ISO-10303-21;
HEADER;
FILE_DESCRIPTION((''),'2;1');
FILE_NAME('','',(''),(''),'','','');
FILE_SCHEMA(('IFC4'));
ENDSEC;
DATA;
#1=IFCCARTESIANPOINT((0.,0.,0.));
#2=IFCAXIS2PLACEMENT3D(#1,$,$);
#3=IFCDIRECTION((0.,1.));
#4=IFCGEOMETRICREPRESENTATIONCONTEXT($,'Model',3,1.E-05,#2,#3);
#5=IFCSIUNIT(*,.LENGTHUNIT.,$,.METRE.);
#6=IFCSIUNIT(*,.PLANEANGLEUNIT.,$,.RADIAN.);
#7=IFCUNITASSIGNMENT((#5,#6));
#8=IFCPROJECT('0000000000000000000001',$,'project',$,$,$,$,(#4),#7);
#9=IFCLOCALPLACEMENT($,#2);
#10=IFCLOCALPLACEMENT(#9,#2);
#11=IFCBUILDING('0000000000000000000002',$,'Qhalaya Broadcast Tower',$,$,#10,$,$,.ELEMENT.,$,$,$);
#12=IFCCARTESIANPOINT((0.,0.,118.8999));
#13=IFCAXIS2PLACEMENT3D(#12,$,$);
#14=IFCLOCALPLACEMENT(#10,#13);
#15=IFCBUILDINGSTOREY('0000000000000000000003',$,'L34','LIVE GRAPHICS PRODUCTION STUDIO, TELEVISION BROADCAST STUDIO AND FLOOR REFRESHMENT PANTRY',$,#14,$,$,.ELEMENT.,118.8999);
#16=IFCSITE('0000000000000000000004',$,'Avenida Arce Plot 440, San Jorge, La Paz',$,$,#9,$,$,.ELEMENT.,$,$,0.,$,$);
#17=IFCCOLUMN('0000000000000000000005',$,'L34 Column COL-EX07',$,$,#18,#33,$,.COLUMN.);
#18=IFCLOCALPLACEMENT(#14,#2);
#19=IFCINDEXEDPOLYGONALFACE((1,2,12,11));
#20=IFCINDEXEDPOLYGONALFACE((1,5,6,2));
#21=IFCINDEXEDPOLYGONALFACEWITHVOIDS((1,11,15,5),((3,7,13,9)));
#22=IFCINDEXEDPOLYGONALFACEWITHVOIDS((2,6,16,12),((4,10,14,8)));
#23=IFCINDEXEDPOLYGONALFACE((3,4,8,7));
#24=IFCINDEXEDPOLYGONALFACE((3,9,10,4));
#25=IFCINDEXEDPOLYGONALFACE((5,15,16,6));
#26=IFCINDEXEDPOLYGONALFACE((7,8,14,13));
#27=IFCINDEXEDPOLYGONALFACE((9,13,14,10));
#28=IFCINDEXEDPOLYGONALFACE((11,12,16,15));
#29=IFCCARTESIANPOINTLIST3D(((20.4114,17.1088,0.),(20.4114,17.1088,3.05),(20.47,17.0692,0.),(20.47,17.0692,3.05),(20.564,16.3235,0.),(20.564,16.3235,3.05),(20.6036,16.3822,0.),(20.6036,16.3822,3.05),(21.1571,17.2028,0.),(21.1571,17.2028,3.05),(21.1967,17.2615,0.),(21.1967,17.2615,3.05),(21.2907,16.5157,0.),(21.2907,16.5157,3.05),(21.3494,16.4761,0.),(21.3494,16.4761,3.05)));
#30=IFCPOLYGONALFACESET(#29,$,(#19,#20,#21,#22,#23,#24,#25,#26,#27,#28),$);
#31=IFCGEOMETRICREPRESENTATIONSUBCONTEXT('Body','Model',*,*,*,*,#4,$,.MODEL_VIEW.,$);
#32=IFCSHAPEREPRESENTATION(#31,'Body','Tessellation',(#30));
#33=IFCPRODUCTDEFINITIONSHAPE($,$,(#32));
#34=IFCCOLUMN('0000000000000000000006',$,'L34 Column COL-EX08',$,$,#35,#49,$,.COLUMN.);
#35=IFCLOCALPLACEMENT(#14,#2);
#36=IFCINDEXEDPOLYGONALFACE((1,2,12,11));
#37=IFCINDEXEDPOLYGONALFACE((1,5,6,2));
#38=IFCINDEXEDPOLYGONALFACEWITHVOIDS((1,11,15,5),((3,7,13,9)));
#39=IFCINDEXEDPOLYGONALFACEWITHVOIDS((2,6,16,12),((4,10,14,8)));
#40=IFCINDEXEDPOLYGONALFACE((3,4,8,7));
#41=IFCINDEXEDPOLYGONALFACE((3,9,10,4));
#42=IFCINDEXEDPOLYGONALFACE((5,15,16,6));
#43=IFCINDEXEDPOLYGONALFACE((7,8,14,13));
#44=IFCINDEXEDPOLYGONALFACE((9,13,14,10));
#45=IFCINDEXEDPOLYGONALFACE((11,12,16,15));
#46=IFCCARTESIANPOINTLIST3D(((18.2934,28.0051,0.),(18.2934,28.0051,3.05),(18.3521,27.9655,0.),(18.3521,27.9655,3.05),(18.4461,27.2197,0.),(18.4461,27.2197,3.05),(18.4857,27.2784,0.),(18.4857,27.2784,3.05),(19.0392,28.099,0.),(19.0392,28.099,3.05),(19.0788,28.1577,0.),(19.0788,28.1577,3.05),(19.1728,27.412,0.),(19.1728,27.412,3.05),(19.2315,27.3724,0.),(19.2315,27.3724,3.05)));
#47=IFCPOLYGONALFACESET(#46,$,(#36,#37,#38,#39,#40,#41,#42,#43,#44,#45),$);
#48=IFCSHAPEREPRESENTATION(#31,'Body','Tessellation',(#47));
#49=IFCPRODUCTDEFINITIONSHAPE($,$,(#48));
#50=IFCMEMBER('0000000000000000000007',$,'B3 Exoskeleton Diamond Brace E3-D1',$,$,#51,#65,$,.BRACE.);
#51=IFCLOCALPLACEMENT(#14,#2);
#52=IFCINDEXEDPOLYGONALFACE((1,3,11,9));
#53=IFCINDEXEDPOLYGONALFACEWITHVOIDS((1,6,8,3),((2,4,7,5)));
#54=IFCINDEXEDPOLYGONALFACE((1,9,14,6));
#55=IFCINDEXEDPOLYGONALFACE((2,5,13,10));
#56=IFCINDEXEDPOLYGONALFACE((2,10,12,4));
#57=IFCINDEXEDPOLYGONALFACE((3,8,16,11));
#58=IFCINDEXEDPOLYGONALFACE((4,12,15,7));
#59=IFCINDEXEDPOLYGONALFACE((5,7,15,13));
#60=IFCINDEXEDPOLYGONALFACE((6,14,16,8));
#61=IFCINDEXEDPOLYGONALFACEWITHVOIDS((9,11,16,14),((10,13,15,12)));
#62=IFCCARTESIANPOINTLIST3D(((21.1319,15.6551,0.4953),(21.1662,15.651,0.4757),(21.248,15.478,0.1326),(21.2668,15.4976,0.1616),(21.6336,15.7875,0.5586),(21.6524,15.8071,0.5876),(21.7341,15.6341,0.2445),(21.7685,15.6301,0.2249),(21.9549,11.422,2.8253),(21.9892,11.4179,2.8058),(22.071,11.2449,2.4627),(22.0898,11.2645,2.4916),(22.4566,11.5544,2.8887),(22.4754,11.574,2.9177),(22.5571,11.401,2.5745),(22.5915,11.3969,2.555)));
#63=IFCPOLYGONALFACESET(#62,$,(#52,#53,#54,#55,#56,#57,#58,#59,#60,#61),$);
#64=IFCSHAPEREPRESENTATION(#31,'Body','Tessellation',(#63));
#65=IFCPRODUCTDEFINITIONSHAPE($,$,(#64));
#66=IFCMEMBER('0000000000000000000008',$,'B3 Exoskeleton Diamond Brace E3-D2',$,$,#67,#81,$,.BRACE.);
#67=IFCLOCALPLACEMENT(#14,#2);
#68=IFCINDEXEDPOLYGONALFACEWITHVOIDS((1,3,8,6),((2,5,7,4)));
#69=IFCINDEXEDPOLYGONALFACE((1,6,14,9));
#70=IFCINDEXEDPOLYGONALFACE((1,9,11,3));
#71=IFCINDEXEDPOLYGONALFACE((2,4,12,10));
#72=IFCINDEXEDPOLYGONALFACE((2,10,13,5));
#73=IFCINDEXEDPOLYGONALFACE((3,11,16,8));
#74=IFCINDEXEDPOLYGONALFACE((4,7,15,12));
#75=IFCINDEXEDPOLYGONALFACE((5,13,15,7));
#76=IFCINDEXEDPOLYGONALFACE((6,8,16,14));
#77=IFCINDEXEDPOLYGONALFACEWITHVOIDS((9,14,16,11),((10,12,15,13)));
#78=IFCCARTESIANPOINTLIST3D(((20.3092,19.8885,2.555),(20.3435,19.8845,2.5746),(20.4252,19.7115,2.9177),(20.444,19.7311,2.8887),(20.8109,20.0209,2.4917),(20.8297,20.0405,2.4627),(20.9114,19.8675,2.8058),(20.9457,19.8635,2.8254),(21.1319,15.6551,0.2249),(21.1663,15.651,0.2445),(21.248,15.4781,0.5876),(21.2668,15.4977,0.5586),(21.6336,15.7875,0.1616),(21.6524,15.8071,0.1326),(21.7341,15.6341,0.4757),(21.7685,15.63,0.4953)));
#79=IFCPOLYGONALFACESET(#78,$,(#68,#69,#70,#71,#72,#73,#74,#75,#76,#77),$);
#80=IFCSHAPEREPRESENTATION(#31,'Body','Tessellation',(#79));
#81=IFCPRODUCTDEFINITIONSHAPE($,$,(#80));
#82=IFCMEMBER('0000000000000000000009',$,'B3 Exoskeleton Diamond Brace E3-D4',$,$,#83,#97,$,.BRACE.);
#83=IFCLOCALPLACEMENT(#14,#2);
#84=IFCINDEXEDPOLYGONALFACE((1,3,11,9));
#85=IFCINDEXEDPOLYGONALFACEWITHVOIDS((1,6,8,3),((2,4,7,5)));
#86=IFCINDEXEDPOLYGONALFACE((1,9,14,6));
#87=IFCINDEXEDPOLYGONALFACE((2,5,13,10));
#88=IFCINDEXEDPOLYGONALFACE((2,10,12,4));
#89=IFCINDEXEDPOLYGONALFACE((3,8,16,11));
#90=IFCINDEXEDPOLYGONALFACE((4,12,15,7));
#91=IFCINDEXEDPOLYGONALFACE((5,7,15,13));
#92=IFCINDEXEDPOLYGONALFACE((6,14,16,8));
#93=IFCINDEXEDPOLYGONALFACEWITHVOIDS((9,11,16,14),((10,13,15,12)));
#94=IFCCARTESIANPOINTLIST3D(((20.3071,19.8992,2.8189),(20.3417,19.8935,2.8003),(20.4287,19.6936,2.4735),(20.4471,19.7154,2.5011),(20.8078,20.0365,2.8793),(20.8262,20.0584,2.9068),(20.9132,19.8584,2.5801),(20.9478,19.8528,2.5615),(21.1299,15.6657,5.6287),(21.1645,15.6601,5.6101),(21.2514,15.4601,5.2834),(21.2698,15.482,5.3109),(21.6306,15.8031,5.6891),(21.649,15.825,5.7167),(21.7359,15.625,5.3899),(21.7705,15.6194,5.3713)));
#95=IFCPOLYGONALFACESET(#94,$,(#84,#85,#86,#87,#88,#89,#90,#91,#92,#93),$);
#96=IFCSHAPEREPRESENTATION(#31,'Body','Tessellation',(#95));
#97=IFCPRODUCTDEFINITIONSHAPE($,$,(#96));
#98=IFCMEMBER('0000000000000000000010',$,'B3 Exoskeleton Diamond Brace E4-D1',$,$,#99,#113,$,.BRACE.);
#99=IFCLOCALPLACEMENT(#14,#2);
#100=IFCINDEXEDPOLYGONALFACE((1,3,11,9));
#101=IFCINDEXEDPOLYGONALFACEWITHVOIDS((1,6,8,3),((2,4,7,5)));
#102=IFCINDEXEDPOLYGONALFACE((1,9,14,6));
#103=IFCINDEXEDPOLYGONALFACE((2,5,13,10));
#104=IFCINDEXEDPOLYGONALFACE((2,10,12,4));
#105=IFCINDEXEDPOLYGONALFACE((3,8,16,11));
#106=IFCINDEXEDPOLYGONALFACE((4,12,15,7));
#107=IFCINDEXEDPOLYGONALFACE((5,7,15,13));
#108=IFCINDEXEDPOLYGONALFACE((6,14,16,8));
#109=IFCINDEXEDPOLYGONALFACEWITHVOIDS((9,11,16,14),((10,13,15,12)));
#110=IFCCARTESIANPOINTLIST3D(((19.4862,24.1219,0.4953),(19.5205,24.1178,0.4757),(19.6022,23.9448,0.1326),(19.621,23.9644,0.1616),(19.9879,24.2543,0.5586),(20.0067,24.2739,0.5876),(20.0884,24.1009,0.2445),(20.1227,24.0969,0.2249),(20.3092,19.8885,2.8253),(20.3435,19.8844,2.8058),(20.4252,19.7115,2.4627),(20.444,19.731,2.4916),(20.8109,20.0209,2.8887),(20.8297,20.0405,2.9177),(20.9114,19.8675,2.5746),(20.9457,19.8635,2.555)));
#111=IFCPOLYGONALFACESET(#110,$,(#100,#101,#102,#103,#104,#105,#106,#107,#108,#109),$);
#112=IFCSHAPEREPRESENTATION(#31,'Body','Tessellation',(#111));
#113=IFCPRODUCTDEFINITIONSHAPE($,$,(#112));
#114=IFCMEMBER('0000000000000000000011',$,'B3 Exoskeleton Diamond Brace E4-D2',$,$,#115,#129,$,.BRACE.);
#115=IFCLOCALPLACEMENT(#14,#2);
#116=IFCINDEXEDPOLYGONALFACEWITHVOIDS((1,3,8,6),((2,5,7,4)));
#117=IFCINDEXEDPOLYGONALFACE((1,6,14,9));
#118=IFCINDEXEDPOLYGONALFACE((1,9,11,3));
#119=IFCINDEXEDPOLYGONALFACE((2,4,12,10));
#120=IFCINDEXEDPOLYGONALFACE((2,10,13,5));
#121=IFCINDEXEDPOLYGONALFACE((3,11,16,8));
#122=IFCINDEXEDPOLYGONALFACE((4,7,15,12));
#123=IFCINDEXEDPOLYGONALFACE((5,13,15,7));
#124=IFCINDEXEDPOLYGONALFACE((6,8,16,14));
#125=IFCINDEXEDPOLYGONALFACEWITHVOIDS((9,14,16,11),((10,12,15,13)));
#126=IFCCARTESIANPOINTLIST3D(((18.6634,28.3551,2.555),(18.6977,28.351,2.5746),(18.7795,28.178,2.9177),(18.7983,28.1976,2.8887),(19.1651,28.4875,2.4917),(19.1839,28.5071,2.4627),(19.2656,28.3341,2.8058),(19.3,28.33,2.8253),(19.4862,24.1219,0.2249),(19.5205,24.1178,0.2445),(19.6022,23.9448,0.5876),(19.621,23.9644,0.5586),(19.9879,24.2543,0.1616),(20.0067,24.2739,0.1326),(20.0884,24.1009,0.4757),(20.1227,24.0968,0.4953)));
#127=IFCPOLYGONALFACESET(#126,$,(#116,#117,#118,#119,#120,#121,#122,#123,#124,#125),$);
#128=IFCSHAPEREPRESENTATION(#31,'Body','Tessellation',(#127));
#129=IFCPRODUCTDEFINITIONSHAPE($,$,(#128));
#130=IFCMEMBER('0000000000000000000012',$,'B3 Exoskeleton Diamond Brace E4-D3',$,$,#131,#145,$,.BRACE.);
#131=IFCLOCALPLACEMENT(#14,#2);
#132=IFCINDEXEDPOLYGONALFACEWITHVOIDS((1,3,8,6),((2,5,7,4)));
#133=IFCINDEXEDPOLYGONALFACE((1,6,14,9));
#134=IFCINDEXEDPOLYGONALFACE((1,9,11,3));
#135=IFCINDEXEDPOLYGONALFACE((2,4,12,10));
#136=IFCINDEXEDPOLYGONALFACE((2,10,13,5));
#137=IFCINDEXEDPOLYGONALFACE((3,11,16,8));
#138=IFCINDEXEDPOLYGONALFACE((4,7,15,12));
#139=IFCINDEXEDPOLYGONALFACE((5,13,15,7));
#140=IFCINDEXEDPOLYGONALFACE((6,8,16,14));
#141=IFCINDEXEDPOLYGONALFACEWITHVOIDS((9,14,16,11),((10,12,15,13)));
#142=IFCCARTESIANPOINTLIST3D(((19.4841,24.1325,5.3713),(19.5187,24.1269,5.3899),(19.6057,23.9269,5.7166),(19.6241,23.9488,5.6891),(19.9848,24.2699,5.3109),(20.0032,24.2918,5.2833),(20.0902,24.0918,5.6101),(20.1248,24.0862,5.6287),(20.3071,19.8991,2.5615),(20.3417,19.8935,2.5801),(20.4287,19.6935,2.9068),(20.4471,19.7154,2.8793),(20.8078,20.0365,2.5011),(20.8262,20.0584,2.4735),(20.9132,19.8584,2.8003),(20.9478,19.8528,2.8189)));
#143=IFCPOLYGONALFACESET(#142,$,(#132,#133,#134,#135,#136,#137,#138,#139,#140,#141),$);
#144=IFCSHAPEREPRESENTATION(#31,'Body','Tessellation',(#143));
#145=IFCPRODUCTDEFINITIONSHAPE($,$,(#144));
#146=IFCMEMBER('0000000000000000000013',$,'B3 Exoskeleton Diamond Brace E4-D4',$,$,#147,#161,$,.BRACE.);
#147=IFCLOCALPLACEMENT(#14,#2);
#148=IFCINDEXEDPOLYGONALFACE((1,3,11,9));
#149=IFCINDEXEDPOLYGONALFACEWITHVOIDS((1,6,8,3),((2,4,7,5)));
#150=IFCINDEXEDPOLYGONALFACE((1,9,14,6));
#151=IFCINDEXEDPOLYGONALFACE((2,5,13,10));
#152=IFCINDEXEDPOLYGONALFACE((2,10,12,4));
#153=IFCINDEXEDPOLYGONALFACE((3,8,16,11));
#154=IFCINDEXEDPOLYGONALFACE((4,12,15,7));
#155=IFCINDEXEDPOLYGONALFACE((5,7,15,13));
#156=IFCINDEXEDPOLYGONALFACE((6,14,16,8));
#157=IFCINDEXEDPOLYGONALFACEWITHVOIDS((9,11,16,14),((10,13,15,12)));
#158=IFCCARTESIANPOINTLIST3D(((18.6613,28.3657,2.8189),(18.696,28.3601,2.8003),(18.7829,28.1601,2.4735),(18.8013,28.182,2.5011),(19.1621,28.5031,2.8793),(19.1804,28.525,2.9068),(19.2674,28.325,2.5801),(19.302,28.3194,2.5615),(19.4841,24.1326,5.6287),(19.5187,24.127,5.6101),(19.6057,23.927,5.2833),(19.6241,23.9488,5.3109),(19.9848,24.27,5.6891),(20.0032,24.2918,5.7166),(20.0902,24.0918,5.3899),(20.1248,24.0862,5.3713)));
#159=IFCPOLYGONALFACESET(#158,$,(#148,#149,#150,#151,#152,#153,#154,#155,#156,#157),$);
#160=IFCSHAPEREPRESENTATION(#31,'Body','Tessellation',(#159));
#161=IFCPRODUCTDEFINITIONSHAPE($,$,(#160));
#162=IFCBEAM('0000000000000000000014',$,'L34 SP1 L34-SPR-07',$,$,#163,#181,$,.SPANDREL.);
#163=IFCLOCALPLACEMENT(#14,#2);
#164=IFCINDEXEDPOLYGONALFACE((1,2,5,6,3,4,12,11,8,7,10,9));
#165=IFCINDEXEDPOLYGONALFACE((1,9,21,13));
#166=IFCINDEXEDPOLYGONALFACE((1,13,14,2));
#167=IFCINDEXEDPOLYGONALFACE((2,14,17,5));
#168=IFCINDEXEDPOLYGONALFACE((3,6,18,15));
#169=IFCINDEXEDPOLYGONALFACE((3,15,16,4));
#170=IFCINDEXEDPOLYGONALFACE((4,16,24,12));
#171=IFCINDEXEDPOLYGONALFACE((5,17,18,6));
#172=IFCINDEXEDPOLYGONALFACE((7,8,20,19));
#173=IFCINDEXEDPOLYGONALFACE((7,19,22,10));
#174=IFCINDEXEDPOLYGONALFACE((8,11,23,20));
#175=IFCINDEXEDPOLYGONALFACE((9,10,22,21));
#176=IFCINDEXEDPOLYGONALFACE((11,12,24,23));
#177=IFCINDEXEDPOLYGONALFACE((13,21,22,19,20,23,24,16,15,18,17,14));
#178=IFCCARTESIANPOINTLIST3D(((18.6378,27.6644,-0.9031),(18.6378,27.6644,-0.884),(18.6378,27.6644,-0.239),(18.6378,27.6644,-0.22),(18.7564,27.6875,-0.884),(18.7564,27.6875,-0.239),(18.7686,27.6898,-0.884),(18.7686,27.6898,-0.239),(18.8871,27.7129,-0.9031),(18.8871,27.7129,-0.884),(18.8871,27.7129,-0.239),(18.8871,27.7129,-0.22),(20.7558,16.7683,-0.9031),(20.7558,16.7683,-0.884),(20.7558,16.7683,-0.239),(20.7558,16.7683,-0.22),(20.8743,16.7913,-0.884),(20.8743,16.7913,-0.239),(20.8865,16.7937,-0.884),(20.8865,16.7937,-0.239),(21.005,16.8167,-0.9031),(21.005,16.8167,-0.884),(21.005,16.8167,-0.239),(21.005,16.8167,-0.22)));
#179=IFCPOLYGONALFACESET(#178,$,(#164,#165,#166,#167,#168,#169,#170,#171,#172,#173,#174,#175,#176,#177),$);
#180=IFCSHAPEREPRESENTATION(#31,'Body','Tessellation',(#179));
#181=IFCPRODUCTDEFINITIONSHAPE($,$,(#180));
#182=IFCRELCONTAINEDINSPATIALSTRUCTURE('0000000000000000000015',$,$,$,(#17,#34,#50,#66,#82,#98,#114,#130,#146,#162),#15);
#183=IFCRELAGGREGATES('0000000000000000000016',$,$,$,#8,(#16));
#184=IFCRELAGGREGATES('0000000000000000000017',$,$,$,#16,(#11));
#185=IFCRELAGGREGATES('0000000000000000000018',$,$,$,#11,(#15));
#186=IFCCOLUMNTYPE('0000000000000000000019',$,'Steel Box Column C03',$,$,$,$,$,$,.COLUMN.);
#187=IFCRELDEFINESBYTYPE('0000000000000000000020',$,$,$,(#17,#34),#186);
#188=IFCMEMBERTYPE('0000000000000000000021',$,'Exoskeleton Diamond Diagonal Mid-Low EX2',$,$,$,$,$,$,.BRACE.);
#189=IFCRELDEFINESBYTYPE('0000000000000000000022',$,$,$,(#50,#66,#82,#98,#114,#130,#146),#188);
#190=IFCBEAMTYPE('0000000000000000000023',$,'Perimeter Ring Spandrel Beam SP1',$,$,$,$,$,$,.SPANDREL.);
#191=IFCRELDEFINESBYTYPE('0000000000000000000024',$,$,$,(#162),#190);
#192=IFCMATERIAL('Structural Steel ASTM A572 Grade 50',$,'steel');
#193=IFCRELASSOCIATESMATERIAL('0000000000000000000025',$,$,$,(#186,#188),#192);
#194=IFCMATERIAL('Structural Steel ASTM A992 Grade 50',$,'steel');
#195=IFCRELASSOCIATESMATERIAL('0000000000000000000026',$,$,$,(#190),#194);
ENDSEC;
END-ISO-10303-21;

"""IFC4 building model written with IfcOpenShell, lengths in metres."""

from ifc_helpers import new_model, si_unit, direction, frame, origin, origin_2d, place, context, subcontext, project, spatial, hollow_rectangle, i_section, extrude, material, material_profile, profile_set, type_object, element, save


model = new_model("IFC4")

# Units and contexts
model_context = context("Model", 3, precision=1e-05, world=origin(), true_north=direction((0.0, 1.0)))
body_context = subcontext(model_context, "Body", "Model", "MODEL_VIEW")
ifc_project = project(units=[si_unit("LENGTHUNIT", "METRE"), si_unit("PLANEANGLEUNIT", "RADIAN")], contexts=[model_context])

# Site, building, storey
site_placement = place(None, origin())
site = spatial("IfcSite", under=ifc_project, at=site_placement, Name="Avenida Arce Plot 440, San Jorge, La Paz", CompositionType="ELEMENT", RefElevation=0.0)
building_placement = place(site_placement, origin())
building = spatial("IfcBuilding", under=site, at=building_placement, Name="Qhalaya Broadcast Tower", CompositionType="ELEMENT")
storey_placement = place(building_placement, frame((0.0, 0.0, 118.8999)))
storey = spatial("IfcBuildingStorey", under=building, at=storey_placement, Name="L34", Description="LIVE GRAPHICS PRODUCTION STUDIO, TELEVISION BROADCAST STUDIO AND FLOOR REFRESHMENT PANTRY", CompositionType="ELEMENT", Elevation=118.8999)

# Columns
ifc_material_1 = material(Name="Structural Steel ASTM A572 Grade 50", Category="steel")
ifc_material_profile_1 = material_profile(ifc_material_1, hollow_rectangle(XDim=0.8, YDim=0.8, WallThickness=0.05, at=origin_2d()), Name="BOX 800x800x50")
ifc_profile_set_1 = profile_set([ifc_material_profile_1], Name="Structural Steel ASTM A572 Grade 50")
column_type = type_object("IfcColumnType", Name="Steel Box Column C03", PredefinedType="COLUMN", material=ifc_profile_set_1)
for number, where, z_axis, x_axis, name in (
    (1, (20.8804, 16.7925, 0.0), (0.0, 0.0, 1.0), (-0.190809, 0.981627, 0.0), "L34 Column COL-EX07"),
    (2, (18.7625, 27.6887, 0.0), (0.0, 0.0, 1.0), (-0.190809, 0.981627, 0.0), "L34 Column COL-EX08"),
):
    element("IfcColumn", number, at=place(storey_placement, frame(where, z_axis=z_axis, x_axis=x_axis)), inside=storey, type_object=column_type, Name=name, PredefinedType="COLUMN", context=body_context, shape_type="SweptSolid", body=[
        extrude(hollow_rectangle(XDim=0.8, YDim=0.8, WallThickness=0.05, at=origin_2d()), origin(), (0.0, 0.0, 1.0), 3.05),
    ])

# Members
ifc_material_profile_2 = material_profile(ifc_material_1, hollow_rectangle(XDim=0.4199, YDim=0.55, WallThickness=0.0281, at=origin_2d()), Name="BOX 420x550x28")
ifc_profile_set_2 = profile_set([ifc_material_profile_2], Name="Structural Steel ASTM A572 Grade 50")
member_type = type_object("IfcMemberType", Name="Exoskeleton Diamond Diagonal Mid-Low EX2", PredefinedType="BRACE", material=ifc_profile_set_2)
member_1_placement = place(storey_placement, frame((21.4502, 15.6426, 0.3601), z_axis=(0.167902, -0.863618, 0.475366), x_axis=(-0.276356, 0.421641, 0.863624)))
element("IfcMember", 3, at=member_1_placement, inside=storey, type_object=member_type, Name="B3 Exoskeleton Diamond Brace E3-D1", PredefinedType="BRACE", context=body_context, shape_type="SweptSolid", body=[
    extrude(hollow_rectangle(XDim=0.4199, YDim=0.55, WallThickness=0.0281, at=origin_2d()), origin(), (0.0, 0.0, 1.0), 4.9016),
])
member_2_placement = place(storey_placement, frame((21.4502, 15.6426, 0.3601), z_axis=(-0.167847, 0.863638, 0.475349), x_axis=(0.276325, -0.421643, 0.863633)))
element("IfcMember", 4, at=member_2_placement, inside=storey, type_object=member_type, Name="B3 Exoskeleton Diamond Brace E3-D2", PredefinedType="BRACE", context=body_context, shape_type="SweptSolid", body=[
    extrude(hollow_rectangle(XDim=0.4199, YDim=0.55, WallThickness=0.0281, at=origin_2d()), origin(), (0.0, 0.0, 1.0), 4.9019),
])
member_3_placement = place(storey_placement, frame((20.6274, 19.876, 2.6902), z_axis=(0.159845, -0.822467, 0.545892), x_axis=(-0.289536, 0.489618, 0.822462)))
element("IfcMember", 5, at=member_3_placement, inside=storey, type_object=member_type, Name="B3 Exoskeleton Diamond Brace E3-D4", PredefinedType="BRACE", context=body_context, shape_type="SweptSolid", body=[
    extrude(hollow_rectangle(XDim=0.4199, YDim=0.55, WallThickness=0.0281, at=origin_2d()), origin(), (0.0, 0.0, 1.0), 5.1472),
])
member_4_placement = place(storey_placement, frame((19.8044, 24.1094, 0.3601), z_axis=(0.167895, -0.863631, 0.475346), x_axis=(-0.276348, 0.421624, 0.863635)))
element("IfcMember", 6, at=member_4_placement, inside=storey, type_object=member_type, Name="B3 Exoskeleton Diamond Brace E4-D1", PredefinedType="BRACE", context=body_context, shape_type="SweptSolid", body=[
    extrude(hollow_rectangle(XDim=0.4199, YDim=0.55, WallThickness=0.0281, at=origin_2d()), origin(), (0.0, 0.0, 1.0), 4.9019),
])
member_5_placement = place(storey_placement, frame((19.8044, 24.1094, 0.3601), z_axis=(-0.167854, 0.863625, 0.47537), x_axis=(0.276333, -0.42166, 0.863622)))
element("IfcMember", 7, at=member_5_placement, inside=storey, type_object=member_type, Name="B3 Exoskeleton Diamond Brace E4-D2", PredefinedType="BRACE", context=body_context, shape_type="SweptSolid", body=[
    extrude(hollow_rectangle(XDim=0.4199, YDim=0.55, WallThickness=0.0281, at=origin_2d()), origin(), (0.0, 0.0, 1.0), 4.9016),
])
member_6_placement = place(storey_placement, frame((20.6274, 19.876, 2.6902), z_axis=(-0.159891, 0.82246, 0.545888), x_axis=(0.289562, -0.489598, 0.822464)))
element("IfcMember", 8, at=member_6_placement, inside=storey, type_object=member_type, Name="B3 Exoskeleton Diamond Brace E4-D3", PredefinedType="BRACE", context=body_context, shape_type="SweptSolid", body=[
    extrude(hollow_rectangle(XDim=0.4199, YDim=0.55, WallThickness=0.0281, at=origin_2d()), origin(), (0.0, 0.0, 1.0), 5.1472),
])
member_7_placement = place(storey_placement, frame((18.9817, 28.3425, 2.6902), z_axis=(0.159851, -0.822451, 0.545913), x_axis=(-0.289545, 0.489635, 0.822448)))
element("IfcMember", 9, at=member_7_placement, inside=storey, type_object=member_type, Name="B3 Exoskeleton Diamond Brace E4-D4", PredefinedType="BRACE", context=body_context, shape_type="SweptSolid", body=[
    extrude(hollow_rectangle(XDim=0.4199, YDim=0.55, WallThickness=0.0281, at=origin_2d()), origin(), (0.0, 0.0, 1.0), 5.147),
])

# Beam
ifc_material_2 = material(Name="Structural Steel ASTM A992 Grade 50", Category="steel")
ifc_material_profile_3 = material_profile(ifc_material_2, i_section(OverallWidth=0.2539, OverallDepth=0.6831, WebThickness=0.0125, FlangeThickness=0.019, at=origin_2d()), Name="W27X94")
ifc_profile_set_3 = profile_set([ifc_material_profile_3], Name="Structural Steel ASTM A992 Grade 50")
beam_type = type_object("IfcBeamType", Name="Perimeter Ring Spandrel Beam SP1", PredefinedType="SPANDREL", material=ifc_profile_set_3)
beam_1_placement = place(storey_placement, frame((20.8804, 16.7925, -0.5615), z_axis=(-0.190801, 0.981629, 0.0), x_axis=(-0.981629, -0.190801, 0.0)))
element("IfcBeam", 10, at=beam_1_placement, inside=storey, type_object=beam_type, Name="L34 SP1 L34-SPR-07", PredefinedType="SPANDREL", context=body_context, shape_type="SweptSolid", body=[
    extrude(i_section(OverallWidth=0.2539, OverallDepth=0.6831, WebThickness=0.0125, FlangeThickness=0.019, at=origin_2d()), origin(), (0.0, 0.0, 1.0), 11.1001),
])

save(model, "model.ifc")
